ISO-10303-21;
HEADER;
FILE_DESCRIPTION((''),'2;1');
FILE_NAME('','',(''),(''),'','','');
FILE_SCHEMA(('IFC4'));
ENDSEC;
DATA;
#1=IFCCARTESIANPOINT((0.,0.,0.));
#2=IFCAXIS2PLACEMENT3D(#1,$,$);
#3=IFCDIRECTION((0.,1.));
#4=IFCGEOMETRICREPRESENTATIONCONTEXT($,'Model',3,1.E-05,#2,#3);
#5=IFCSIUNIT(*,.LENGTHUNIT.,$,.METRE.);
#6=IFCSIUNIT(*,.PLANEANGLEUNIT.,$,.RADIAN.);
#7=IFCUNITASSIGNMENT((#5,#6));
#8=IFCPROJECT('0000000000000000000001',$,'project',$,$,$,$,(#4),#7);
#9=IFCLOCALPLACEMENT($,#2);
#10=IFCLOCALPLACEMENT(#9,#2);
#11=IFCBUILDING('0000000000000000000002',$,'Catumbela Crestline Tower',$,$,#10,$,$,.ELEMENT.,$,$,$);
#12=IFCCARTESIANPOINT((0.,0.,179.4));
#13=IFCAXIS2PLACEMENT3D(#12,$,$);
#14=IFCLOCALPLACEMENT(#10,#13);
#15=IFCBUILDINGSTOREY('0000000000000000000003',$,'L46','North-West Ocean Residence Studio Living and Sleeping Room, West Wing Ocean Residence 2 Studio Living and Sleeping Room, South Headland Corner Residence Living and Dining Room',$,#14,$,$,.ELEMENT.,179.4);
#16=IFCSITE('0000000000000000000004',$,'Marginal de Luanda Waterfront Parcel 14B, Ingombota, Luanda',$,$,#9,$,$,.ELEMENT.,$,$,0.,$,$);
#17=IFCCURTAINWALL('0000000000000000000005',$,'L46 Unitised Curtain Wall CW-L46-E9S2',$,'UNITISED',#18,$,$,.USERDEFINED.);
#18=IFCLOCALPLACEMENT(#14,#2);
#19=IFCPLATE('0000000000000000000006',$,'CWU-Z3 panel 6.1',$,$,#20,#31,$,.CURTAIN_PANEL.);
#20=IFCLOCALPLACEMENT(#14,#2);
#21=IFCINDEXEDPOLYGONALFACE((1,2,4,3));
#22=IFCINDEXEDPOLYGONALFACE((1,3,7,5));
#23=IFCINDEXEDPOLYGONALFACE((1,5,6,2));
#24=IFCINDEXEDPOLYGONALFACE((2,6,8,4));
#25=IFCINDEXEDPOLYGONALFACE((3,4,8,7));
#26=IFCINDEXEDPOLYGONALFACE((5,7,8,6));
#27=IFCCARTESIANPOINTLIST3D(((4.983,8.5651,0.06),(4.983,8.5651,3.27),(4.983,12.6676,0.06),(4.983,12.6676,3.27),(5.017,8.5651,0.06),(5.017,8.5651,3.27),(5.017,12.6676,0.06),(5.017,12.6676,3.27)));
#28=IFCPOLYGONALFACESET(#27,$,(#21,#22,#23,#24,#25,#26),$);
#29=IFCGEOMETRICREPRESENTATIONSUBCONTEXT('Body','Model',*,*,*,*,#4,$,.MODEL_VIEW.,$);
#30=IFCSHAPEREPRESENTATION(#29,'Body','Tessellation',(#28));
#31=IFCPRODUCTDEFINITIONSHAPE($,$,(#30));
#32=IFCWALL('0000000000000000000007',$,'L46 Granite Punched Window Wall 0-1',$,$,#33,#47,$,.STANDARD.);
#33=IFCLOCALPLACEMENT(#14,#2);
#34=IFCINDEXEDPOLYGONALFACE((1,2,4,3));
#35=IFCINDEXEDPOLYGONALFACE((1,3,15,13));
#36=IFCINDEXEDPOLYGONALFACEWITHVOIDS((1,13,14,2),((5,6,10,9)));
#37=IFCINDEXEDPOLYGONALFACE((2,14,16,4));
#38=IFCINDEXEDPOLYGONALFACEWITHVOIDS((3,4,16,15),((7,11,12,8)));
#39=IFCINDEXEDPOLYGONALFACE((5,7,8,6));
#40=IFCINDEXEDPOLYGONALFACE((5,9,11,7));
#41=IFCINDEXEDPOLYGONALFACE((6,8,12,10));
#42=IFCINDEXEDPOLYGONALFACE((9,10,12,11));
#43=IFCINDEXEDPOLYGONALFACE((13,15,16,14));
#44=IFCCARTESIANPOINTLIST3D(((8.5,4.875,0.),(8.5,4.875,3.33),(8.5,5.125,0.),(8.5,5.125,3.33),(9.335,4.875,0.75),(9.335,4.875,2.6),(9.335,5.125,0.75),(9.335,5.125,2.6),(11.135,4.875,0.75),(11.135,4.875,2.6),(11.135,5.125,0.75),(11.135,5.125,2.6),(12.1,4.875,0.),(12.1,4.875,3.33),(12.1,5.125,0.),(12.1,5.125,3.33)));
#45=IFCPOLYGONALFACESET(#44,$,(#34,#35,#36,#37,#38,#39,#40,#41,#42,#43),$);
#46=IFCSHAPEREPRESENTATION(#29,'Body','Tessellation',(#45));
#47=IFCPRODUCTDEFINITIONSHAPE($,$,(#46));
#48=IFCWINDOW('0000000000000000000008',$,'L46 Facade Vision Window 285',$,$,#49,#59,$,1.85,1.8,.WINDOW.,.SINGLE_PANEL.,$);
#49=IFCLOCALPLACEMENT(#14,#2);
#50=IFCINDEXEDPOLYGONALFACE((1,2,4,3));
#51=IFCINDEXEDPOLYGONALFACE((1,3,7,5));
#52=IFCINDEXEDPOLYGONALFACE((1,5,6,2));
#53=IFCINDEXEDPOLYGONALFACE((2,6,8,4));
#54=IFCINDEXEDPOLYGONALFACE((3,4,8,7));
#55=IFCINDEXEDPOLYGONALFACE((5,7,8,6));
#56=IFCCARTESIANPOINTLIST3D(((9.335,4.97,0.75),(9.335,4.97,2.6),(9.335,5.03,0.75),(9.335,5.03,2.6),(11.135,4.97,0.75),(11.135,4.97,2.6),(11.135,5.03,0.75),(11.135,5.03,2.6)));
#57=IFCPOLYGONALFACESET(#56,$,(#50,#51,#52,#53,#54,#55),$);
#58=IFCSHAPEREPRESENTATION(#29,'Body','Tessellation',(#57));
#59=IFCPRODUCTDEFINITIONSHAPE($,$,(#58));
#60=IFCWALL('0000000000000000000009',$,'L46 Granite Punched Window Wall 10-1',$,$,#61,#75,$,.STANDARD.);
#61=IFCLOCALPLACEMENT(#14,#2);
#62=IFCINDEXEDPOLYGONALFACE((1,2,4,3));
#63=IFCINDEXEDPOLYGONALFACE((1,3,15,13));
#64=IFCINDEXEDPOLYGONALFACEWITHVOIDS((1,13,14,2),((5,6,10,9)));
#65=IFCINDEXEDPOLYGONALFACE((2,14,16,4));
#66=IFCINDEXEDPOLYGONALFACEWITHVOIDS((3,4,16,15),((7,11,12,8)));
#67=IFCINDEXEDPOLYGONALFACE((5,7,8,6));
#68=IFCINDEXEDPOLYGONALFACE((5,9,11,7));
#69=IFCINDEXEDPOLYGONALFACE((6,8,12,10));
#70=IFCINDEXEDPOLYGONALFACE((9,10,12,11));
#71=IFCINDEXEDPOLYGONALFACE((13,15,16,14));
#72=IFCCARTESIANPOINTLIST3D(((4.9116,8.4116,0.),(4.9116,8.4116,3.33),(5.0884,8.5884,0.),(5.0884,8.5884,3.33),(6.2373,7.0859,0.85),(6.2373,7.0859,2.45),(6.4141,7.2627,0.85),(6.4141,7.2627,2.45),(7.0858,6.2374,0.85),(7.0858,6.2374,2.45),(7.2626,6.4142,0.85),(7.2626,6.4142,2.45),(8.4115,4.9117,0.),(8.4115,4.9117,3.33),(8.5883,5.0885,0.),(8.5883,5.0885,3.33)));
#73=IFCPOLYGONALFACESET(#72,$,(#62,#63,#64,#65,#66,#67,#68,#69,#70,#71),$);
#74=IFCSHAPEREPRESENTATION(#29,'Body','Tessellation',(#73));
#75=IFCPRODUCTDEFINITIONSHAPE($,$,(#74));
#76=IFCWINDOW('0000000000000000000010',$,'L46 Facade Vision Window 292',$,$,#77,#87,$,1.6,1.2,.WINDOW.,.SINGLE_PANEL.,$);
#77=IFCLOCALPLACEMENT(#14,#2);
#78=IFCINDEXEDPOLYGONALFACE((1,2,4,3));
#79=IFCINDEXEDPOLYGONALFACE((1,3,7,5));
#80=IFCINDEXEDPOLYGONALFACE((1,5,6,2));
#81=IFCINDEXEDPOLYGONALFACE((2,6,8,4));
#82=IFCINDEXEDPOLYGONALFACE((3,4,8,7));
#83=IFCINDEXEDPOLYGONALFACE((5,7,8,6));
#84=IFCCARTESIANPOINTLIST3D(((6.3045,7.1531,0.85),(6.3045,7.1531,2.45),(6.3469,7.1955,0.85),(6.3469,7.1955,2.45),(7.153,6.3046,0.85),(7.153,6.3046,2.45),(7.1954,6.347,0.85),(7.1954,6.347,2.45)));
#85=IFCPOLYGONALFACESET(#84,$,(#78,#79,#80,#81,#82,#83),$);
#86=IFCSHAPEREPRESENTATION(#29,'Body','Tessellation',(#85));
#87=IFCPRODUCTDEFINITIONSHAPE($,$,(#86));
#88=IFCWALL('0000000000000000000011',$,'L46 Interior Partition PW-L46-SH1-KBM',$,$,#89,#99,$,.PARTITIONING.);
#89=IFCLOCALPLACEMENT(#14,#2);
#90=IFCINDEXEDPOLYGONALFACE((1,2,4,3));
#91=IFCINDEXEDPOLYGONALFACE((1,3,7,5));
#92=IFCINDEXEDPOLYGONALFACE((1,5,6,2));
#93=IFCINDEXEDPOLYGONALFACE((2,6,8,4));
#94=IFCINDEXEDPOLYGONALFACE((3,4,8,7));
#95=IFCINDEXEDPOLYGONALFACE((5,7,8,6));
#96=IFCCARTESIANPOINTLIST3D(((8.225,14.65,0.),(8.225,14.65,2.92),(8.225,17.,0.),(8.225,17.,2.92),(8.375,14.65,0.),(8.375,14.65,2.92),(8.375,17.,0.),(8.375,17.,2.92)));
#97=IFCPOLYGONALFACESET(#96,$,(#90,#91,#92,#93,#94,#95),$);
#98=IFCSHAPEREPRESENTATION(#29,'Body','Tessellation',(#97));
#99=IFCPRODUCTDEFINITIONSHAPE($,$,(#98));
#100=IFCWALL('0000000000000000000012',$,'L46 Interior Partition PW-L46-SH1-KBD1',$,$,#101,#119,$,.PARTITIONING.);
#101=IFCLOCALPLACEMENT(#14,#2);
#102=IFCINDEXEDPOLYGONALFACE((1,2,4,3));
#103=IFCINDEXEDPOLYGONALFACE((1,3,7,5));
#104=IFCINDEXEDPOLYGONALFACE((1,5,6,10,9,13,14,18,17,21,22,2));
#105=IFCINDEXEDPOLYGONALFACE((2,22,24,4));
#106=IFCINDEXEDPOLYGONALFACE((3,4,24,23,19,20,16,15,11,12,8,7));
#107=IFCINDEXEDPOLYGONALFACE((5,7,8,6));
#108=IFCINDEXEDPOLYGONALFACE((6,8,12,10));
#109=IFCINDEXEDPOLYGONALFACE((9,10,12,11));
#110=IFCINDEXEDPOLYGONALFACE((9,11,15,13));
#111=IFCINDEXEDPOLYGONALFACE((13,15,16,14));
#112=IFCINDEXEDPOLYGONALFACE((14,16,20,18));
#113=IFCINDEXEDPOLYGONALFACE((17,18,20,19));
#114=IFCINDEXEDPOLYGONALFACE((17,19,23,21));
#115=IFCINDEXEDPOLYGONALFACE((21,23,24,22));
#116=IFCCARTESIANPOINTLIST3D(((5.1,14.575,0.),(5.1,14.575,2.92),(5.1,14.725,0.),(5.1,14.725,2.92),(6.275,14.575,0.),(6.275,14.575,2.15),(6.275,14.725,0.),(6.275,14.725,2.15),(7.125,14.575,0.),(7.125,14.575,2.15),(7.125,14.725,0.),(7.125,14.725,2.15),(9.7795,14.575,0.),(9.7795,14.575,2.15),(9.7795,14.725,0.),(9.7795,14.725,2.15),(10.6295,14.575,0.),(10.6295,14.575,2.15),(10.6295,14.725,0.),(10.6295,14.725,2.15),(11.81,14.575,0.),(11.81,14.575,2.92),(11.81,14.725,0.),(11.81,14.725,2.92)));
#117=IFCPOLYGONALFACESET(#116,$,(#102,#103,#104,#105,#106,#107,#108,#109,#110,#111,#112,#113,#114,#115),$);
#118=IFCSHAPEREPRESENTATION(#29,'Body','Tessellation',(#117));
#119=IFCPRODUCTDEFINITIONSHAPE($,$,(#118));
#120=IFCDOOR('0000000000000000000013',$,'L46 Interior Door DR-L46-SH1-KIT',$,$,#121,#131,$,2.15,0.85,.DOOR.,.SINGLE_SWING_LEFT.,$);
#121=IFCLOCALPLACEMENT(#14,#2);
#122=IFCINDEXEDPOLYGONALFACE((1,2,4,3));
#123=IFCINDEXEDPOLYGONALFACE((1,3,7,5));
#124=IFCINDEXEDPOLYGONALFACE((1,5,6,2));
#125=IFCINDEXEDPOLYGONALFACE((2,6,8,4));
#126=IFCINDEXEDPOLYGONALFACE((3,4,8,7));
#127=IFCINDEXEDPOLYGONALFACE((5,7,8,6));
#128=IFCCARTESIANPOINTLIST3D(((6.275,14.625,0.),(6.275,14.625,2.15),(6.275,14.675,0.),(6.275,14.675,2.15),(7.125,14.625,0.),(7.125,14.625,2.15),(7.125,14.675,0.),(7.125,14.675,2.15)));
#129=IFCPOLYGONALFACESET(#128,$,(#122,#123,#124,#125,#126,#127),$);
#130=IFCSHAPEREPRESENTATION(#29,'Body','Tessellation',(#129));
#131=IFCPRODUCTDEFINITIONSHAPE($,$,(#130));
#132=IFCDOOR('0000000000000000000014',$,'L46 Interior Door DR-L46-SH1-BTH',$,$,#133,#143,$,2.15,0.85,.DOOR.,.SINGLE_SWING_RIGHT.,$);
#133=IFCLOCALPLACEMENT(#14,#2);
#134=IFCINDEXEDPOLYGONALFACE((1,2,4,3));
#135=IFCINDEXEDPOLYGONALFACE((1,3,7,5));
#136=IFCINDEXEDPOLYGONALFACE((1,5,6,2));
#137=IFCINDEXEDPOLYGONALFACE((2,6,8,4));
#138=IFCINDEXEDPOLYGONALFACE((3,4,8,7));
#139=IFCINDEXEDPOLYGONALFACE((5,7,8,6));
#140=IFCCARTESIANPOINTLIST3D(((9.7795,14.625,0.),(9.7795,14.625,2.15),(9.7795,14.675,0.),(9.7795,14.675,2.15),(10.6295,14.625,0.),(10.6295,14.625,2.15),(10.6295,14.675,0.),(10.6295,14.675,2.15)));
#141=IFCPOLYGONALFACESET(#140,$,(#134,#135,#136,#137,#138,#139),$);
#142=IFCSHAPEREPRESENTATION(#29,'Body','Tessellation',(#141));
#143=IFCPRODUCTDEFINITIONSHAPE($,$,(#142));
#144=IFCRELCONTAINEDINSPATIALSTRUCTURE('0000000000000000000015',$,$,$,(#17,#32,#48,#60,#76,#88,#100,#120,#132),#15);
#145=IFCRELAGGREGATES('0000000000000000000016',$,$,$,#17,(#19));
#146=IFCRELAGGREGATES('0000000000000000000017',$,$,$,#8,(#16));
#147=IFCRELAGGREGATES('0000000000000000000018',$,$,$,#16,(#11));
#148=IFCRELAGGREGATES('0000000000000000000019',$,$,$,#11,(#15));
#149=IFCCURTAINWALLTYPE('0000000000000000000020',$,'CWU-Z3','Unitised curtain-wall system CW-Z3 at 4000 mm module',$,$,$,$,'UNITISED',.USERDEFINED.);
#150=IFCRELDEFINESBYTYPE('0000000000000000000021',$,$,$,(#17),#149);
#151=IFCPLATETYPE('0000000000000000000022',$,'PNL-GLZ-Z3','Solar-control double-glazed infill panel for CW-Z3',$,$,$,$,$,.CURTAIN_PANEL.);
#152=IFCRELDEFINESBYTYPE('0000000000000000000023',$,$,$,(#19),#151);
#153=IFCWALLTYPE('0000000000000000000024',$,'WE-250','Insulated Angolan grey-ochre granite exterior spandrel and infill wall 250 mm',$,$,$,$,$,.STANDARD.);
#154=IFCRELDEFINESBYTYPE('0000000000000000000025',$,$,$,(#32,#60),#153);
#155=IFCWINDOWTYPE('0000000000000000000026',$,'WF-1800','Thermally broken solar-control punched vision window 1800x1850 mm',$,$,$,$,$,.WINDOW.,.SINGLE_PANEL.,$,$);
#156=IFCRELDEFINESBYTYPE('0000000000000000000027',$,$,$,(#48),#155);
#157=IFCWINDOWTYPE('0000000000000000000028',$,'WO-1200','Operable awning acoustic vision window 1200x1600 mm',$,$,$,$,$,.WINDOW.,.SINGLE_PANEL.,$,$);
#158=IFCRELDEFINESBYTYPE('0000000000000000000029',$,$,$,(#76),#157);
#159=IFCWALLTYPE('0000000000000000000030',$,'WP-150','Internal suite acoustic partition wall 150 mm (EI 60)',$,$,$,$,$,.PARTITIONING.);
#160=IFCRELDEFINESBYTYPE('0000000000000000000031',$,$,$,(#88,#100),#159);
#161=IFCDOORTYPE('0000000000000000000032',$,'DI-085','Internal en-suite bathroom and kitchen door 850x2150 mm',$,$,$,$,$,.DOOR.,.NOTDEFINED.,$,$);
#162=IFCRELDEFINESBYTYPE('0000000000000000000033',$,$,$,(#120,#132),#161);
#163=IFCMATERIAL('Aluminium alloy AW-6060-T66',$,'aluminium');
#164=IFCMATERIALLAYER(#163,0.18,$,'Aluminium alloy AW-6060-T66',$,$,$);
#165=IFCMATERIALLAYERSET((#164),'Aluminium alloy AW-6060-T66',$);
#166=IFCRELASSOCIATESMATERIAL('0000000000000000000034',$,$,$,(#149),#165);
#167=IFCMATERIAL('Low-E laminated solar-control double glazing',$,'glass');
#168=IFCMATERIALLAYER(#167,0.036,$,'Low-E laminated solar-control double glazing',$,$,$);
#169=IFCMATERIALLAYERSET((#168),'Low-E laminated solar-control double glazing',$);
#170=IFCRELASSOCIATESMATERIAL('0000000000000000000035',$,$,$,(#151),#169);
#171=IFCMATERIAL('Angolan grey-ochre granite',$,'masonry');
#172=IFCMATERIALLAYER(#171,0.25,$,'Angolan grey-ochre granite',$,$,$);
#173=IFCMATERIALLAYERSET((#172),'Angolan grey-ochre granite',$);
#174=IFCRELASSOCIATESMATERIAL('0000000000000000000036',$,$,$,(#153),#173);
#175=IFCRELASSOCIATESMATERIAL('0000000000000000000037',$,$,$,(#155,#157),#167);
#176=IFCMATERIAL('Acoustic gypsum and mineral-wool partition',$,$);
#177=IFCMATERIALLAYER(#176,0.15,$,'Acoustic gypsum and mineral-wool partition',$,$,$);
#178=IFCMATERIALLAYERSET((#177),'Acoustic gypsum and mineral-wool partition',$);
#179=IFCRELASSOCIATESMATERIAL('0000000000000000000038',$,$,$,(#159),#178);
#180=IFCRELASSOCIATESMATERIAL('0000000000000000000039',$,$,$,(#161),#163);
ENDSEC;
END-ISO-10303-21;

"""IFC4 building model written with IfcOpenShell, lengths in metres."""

from ifc_helpers import new_model, si_unit, direction, frame, frame_2d, origin, origin_2d, place, context, subcontext, project, spatial, rectangle, extrude, material, layer, layer_set, type_object, element, fill, aggregate, save


model = new_model("IFC4")

# Units and contexts
model_context = context("Model", 3, precision=1e-05, world=origin(), true_north=direction((0.0, 1.0)))
body_context = subcontext(model_context, "Body", "Model", "MODEL_VIEW")
ifc_project = project(units=[si_unit("LENGTHUNIT", "METRE"), si_unit("PLANEANGLEUNIT", "RADIAN")], contexts=[model_context])

# Site, building, storey
site_placement = place(None, origin())
site = spatial("IfcSite", under=ifc_project, at=site_placement, Name="Marginal de Luanda Waterfront Parcel 14B, Ingombota, Luanda", CompositionType="ELEMENT", RefElevation=0.0)
building_placement = place(site_placement, origin())
building = spatial("IfcBuilding", under=site, at=building_placement, Name="Catumbela Crestline Tower", CompositionType="ELEMENT")
storey_placement = place(building_placement, frame((0.0, 0.0, 179.4)))
storey = spatial("IfcBuildingStorey", under=building, at=storey_placement, Name="L46", Description="North-West Ocean Residence Studio Living and Sleeping Room, West Wing Ocean Residence 2 Studio Living and Sleeping Room, South Headland Corner Residence Living and Dining Room", CompositionType="ELEMENT", Elevation=179.4)

# Curtain wall, plate
ifc_material_1 = material(Name="Aluminium alloy AW-6060-T66", Category="aluminium")
ifc_layer_1 = layer(ifc_material_1, 0.18, Name="Aluminium alloy AW-6060-T66")
ifc_layer_set_1 = layer_set([ifc_layer_1], Name="Aluminium alloy AW-6060-T66")
curtain_wall_type = type_object("IfcCurtainWallType", Name="CWU-Z3", Description="Unitised curtain-wall system CW-Z3 at 4000 mm module", ElementType="UNITISED", PredefinedType="USERDEFINED", material=ifc_layer_set_1)
curtain_wall_placement = place(storey_placement, origin())
curtain_wall = element("IfcCurtainWall", 1, at=curtain_wall_placement, inside=storey, type_object=curtain_wall_type, Name="L46 Unitised Curtain Wall CW-L46-E9S2", ObjectType="UNITISED", PredefinedType="USERDEFINED")
ifc_material_2 = material(Name="Low-E laminated solar-control double glazing", Category="glass")
ifc_layer_2 = layer(ifc_material_2, 0.036, Name="Low-E laminated solar-control double glazing")
ifc_layer_set_2 = layer_set([ifc_layer_2], Name="Low-E laminated solar-control double glazing")
plate_type = type_object("IfcPlateType", Name="PNL-GLZ-Z3", Description="Solar-control double-glazed infill panel for CW-Z3", PredefinedType="CURTAIN_PANEL", material=ifc_layer_set_2)
plate_1_placement = place(storey_placement, frame((5.0, 10.6163, 0.06), z_axis=(0.0, 0.0, 1.0), x_axis=(0.0, -1.0, 0.0)))
plate_1 = element("IfcPlate", 2, at=plate_1_placement, type_object=plate_type, Name="CWU-Z3 panel 6.1", PredefinedType="CURTAIN_PANEL", context=body_context, shape_type="SweptSolid", body=[
    extrude(rectangle(XDim=4.1025, YDim=0.034, at=origin_2d()), origin(), (0.0, 0.0, 1.0), 3.21),
])
aggregate(curtain_wall, [plate_1])

# Walls, openings, windows
ifc_material_3 = material(Name="Angolan grey-ochre granite", Category="masonry")
ifc_layer_3 = layer(ifc_material_3, 0.25, Name="Angolan grey-ochre granite")
ifc_layer_set_3 = layer_set([ifc_layer_3], Name="Angolan grey-ochre granite")
wall_type_1 = type_object("IfcWallType", Name="WE-250", Description="Insulated Angolan grey-ochre granite exterior spandrel and infill wall 250 mm", PredefinedType="STANDARD", material=ifc_layer_set_3)
wall_1_placement = place(storey_placement, frame((8.5, 5.0, 0.0), z_axis=(0.0, 0.0, 1.0), x_axis=(1.0, 0.0, 0.0)))
wall_1 = element("IfcWall", 3, at=wall_1_placement, inside=storey, type_object=wall_type_1, Name="L46 Granite Punched Window Wall 0-1", PredefinedType="STANDARD", context=body_context, shape_type="SweptSolid", body=[
    extrude(rectangle(XDim=3.6, YDim=0.25, at=frame_2d((1.8, 0.0))), origin(), (0.0, 0.0, 1.0), 3.33),
])
opening_1_placement = place(wall_1_placement, frame((0.835, 0.0, 0.75)))
opening_1 = element("IfcOpeningElement", 4, at=opening_1_placement, cuts=wall_1, PredefinedType="OPENING", context=body_context, shape_type="SweptSolid", body=[
    extrude(rectangle(XDim=1.8, YDim=1.85, at=frame_2d((0.9, 0.925))), frame((0.0, 0.135, 0.0), z_axis=(0.0, -1.0, 0.0), x_axis=(1.0, 0.0, 0.0)), (0.0, 0.0, 1.0), 0.27),
])
window_type_1 = type_object("IfcWindowType", Name="WF-1800", Description="Thermally broken solar-control punched vision window 1800x1850 mm", PartitioningType="SINGLE_PANEL", PredefinedType="WINDOW", material=ifc_material_2)
window_1_placement = place(opening_1_placement, origin())
window_1 = element("IfcWindow", 5, at=window_1_placement, inside=storey, type_object=window_type_1, Name="L46 Facade Vision Window 285", OverallHeight=1.85, OverallWidth=1.8, PartitioningType="SINGLE_PANEL", PredefinedType="WINDOW", context=body_context, shape_type="SweptSolid", body=[
    extrude(rectangle(XDim=1.8, YDim=1.85, at=frame_2d((0.9, 0.925))), frame((0.0, 0.03, 0.0), z_axis=(0.0, -1.0, 0.0), x_axis=(1.0, 0.0, 0.0)), (0.0, 0.0, 1.0), 0.06),
])
fill(opening_1, window_1)
wall_2_placement = place(storey_placement, frame((5.0, 8.5, 0.0), z_axis=(0.0, 0.0, 1.0), x_axis=(0.707107, -0.707107, 0.0)))
wall_2 = element("IfcWall", 6, at=wall_2_placement, inside=storey, type_object=wall_type_1, Name="L46 Granite Punched Window Wall 10-1", PredefinedType="STANDARD", context=body_context, shape_type="SweptSolid", body=[
    extrude(rectangle(XDim=4.9497, YDim=0.25, at=frame_2d((2.4748, 0.0))), origin(), (0.0, 0.0, 1.0), 3.33),
])
opening_2_placement = place(wall_2_placement, frame((1.8748, 0.0, 0.85)))
opening_2 = element("IfcOpeningElement", 7, at=opening_2_placement, cuts=wall_2, PredefinedType="OPENING", context=body_context, shape_type="SweptSolid", body=[
    extrude(rectangle(XDim=1.2, YDim=1.6, at=frame_2d((0.6, 0.8))), frame((0.0, 0.135, 0.0), z_axis=(0.0, -1.0, 0.0), x_axis=(1.0, 0.0, 0.0)), (0.0, 0.0, 1.0), 0.27),
])
window_type_2 = type_object("IfcWindowType", Name="WO-1200", Description="Operable awning acoustic vision window 1200x1600 mm", PartitioningType="SINGLE_PANEL", PredefinedType="WINDOW", material=ifc_material_2)
window_2_placement = place(opening_2_placement, origin())
window_2 = element("IfcWindow", 8, at=window_2_placement, inside=storey, type_object=window_type_2, Name="L46 Facade Vision Window 292", OverallHeight=1.6, OverallWidth=1.2, PartitioningType="SINGLE_PANEL", PredefinedType="WINDOW", context=body_context, shape_type="SweptSolid", body=[
    extrude(rectangle(XDim=1.2, YDim=1.6, at=frame_2d((0.6, 0.8))), frame((0.0, 0.03, 0.0), z_axis=(0.0, -1.0, 0.0), x_axis=(1.0, 0.0, 0.0)), (0.0, 0.0, 1.0), 0.06),
])
fill(opening_2, window_2)

# Wall
ifc_material_4 = material(Name="Acoustic gypsum and mineral-wool partition")
ifc_layer_4 = layer(ifc_material_4, 0.15, Name="Acoustic gypsum and mineral-wool partition")
ifc_layer_set_4 = layer_set([ifc_layer_4], Name="Acoustic gypsum and mineral-wool partition")
wall_type_2 = type_object("IfcWallType", Name="WP-150", Description="Internal suite acoustic partition wall 150 mm (EI 60)", PredefinedType="PARTITIONING", material=ifc_layer_set_4)
wall_3_placement = place(storey_placement, frame((8.3, 14.65, 0.0), z_axis=(0.0, 0.0, 1.0), x_axis=(0.0, 1.0, 0.0)))
element("IfcWall", 9, at=wall_3_placement, inside=storey, type_object=wall_type_2, Name="L46 Interior Partition PW-L46-SH1-KBM", PredefinedType="PARTITIONING", context=body_context, shape_type="SweptSolid", body=[
    extrude(rectangle(XDim=2.35, YDim=0.15, at=frame_2d((1.175, 0.0))), origin(), (0.0, 0.0, 1.0), 2.92),
])

# Wall, openings, doors
wall_4_placement = place(storey_placement, frame((5.1, 14.65, 0.0), z_axis=(0.0, 0.0, 1.0), x_axis=(1.0, 0.0, 0.0)))
wall_4 = element("IfcWall", 10, at=wall_4_placement, inside=storey, type_object=wall_type_2, Name="L46 Interior Partition PW-L46-SH1-KBD1", PredefinedType="PARTITIONING", context=body_context, shape_type="SweptSolid", body=[
    extrude(rectangle(XDim=6.71, YDim=0.15, at=frame_2d((3.355, 0.0))), origin(), (0.0, 0.0, 1.0), 2.92),
])
opening_3_placement = place(wall_4_placement, frame((1.175, 0.0, 0.0)))
opening_3 = element("IfcOpeningElement", 11, at=opening_3_placement, cuts=wall_4, PredefinedType="OPENING", context=body_context, shape_type="SweptSolid", body=[
    extrude(rectangle(XDim=0.85, YDim=2.15, at=frame_2d((0.425, 1.075))), frame((0.0, 0.085, 0.0), z_axis=(0.0, -1.0, 0.0), x_axis=(1.0, 0.0, 0.0)), (0.0, 0.0, 1.0), 0.17),
])
opening_4_placement = place(wall_4_placement, frame((4.6795, 0.0, 0.0)))
opening_4 = element("IfcOpeningElement", 12, at=opening_4_placement, cuts=wall_4, PredefinedType="OPENING", context=body_context, shape_type="SweptSolid", body=[
    extrude(rectangle(XDim=0.85, YDim=2.15, at=frame_2d((0.425, 1.075))), frame((0.0, 0.085, 0.0), z_axis=(0.0, -1.0, 0.0), x_axis=(1.0, 0.0, 0.0)), (0.0, 0.0, 1.0), 0.17),
])
door_type_1 = type_object("IfcDoorType", Name="DI-085", Description="Internal en-suite bathroom and kitchen door 850x2150 mm", OperationType="NOTDEFINED", PredefinedType="DOOR", material=ifc_material_1)
door_1_placement = place(opening_3_placement, origin())
door_1 = element("IfcDoor", 13, at=door_1_placement, inside=storey, type_object=door_type_1, Name="L46 Interior Door DR-L46-SH1-KIT", OperationType="SINGLE_SWING_LEFT", OverallHeight=2.15, OverallWidth=0.85, PredefinedType="DOOR", context=body_context, shape_type="SweptSolid", body=[
    extrude(rectangle(XDim=0.85, YDim=2.15, at=frame_2d((0.425, 1.075))), frame((0.0, 0.025, 0.0), z_axis=(0.0, -1.0, 0.0), x_axis=(1.0, 0.0, 0.0)), (0.0, 0.0, 1.0), 0.05),
])
fill(opening_3, door_1)
door_2_placement = place(opening_4_placement, origin())
door_2 = element("IfcDoor", 14, at=door_2_placement, inside=storey, type_object=door_type_1, Name="L46 Interior Door DR-L46-SH1-BTH", OperationType="SINGLE_SWING_RIGHT", OverallHeight=2.15, OverallWidth=0.85, PredefinedType="DOOR", context=body_context, shape_type="SweptSolid", body=[
    extrude(rectangle(XDim=0.85, YDim=2.15, at=frame_2d((0.425, 1.075))), frame((0.0, 0.025, 0.0), z_axis=(0.0, -1.0, 0.0), x_axis=(1.0, 0.0, 0.0)), (0.0, 0.0, 1.0), 0.05),
])
fill(opening_4, door_2)

save(model, "model.ifc")
